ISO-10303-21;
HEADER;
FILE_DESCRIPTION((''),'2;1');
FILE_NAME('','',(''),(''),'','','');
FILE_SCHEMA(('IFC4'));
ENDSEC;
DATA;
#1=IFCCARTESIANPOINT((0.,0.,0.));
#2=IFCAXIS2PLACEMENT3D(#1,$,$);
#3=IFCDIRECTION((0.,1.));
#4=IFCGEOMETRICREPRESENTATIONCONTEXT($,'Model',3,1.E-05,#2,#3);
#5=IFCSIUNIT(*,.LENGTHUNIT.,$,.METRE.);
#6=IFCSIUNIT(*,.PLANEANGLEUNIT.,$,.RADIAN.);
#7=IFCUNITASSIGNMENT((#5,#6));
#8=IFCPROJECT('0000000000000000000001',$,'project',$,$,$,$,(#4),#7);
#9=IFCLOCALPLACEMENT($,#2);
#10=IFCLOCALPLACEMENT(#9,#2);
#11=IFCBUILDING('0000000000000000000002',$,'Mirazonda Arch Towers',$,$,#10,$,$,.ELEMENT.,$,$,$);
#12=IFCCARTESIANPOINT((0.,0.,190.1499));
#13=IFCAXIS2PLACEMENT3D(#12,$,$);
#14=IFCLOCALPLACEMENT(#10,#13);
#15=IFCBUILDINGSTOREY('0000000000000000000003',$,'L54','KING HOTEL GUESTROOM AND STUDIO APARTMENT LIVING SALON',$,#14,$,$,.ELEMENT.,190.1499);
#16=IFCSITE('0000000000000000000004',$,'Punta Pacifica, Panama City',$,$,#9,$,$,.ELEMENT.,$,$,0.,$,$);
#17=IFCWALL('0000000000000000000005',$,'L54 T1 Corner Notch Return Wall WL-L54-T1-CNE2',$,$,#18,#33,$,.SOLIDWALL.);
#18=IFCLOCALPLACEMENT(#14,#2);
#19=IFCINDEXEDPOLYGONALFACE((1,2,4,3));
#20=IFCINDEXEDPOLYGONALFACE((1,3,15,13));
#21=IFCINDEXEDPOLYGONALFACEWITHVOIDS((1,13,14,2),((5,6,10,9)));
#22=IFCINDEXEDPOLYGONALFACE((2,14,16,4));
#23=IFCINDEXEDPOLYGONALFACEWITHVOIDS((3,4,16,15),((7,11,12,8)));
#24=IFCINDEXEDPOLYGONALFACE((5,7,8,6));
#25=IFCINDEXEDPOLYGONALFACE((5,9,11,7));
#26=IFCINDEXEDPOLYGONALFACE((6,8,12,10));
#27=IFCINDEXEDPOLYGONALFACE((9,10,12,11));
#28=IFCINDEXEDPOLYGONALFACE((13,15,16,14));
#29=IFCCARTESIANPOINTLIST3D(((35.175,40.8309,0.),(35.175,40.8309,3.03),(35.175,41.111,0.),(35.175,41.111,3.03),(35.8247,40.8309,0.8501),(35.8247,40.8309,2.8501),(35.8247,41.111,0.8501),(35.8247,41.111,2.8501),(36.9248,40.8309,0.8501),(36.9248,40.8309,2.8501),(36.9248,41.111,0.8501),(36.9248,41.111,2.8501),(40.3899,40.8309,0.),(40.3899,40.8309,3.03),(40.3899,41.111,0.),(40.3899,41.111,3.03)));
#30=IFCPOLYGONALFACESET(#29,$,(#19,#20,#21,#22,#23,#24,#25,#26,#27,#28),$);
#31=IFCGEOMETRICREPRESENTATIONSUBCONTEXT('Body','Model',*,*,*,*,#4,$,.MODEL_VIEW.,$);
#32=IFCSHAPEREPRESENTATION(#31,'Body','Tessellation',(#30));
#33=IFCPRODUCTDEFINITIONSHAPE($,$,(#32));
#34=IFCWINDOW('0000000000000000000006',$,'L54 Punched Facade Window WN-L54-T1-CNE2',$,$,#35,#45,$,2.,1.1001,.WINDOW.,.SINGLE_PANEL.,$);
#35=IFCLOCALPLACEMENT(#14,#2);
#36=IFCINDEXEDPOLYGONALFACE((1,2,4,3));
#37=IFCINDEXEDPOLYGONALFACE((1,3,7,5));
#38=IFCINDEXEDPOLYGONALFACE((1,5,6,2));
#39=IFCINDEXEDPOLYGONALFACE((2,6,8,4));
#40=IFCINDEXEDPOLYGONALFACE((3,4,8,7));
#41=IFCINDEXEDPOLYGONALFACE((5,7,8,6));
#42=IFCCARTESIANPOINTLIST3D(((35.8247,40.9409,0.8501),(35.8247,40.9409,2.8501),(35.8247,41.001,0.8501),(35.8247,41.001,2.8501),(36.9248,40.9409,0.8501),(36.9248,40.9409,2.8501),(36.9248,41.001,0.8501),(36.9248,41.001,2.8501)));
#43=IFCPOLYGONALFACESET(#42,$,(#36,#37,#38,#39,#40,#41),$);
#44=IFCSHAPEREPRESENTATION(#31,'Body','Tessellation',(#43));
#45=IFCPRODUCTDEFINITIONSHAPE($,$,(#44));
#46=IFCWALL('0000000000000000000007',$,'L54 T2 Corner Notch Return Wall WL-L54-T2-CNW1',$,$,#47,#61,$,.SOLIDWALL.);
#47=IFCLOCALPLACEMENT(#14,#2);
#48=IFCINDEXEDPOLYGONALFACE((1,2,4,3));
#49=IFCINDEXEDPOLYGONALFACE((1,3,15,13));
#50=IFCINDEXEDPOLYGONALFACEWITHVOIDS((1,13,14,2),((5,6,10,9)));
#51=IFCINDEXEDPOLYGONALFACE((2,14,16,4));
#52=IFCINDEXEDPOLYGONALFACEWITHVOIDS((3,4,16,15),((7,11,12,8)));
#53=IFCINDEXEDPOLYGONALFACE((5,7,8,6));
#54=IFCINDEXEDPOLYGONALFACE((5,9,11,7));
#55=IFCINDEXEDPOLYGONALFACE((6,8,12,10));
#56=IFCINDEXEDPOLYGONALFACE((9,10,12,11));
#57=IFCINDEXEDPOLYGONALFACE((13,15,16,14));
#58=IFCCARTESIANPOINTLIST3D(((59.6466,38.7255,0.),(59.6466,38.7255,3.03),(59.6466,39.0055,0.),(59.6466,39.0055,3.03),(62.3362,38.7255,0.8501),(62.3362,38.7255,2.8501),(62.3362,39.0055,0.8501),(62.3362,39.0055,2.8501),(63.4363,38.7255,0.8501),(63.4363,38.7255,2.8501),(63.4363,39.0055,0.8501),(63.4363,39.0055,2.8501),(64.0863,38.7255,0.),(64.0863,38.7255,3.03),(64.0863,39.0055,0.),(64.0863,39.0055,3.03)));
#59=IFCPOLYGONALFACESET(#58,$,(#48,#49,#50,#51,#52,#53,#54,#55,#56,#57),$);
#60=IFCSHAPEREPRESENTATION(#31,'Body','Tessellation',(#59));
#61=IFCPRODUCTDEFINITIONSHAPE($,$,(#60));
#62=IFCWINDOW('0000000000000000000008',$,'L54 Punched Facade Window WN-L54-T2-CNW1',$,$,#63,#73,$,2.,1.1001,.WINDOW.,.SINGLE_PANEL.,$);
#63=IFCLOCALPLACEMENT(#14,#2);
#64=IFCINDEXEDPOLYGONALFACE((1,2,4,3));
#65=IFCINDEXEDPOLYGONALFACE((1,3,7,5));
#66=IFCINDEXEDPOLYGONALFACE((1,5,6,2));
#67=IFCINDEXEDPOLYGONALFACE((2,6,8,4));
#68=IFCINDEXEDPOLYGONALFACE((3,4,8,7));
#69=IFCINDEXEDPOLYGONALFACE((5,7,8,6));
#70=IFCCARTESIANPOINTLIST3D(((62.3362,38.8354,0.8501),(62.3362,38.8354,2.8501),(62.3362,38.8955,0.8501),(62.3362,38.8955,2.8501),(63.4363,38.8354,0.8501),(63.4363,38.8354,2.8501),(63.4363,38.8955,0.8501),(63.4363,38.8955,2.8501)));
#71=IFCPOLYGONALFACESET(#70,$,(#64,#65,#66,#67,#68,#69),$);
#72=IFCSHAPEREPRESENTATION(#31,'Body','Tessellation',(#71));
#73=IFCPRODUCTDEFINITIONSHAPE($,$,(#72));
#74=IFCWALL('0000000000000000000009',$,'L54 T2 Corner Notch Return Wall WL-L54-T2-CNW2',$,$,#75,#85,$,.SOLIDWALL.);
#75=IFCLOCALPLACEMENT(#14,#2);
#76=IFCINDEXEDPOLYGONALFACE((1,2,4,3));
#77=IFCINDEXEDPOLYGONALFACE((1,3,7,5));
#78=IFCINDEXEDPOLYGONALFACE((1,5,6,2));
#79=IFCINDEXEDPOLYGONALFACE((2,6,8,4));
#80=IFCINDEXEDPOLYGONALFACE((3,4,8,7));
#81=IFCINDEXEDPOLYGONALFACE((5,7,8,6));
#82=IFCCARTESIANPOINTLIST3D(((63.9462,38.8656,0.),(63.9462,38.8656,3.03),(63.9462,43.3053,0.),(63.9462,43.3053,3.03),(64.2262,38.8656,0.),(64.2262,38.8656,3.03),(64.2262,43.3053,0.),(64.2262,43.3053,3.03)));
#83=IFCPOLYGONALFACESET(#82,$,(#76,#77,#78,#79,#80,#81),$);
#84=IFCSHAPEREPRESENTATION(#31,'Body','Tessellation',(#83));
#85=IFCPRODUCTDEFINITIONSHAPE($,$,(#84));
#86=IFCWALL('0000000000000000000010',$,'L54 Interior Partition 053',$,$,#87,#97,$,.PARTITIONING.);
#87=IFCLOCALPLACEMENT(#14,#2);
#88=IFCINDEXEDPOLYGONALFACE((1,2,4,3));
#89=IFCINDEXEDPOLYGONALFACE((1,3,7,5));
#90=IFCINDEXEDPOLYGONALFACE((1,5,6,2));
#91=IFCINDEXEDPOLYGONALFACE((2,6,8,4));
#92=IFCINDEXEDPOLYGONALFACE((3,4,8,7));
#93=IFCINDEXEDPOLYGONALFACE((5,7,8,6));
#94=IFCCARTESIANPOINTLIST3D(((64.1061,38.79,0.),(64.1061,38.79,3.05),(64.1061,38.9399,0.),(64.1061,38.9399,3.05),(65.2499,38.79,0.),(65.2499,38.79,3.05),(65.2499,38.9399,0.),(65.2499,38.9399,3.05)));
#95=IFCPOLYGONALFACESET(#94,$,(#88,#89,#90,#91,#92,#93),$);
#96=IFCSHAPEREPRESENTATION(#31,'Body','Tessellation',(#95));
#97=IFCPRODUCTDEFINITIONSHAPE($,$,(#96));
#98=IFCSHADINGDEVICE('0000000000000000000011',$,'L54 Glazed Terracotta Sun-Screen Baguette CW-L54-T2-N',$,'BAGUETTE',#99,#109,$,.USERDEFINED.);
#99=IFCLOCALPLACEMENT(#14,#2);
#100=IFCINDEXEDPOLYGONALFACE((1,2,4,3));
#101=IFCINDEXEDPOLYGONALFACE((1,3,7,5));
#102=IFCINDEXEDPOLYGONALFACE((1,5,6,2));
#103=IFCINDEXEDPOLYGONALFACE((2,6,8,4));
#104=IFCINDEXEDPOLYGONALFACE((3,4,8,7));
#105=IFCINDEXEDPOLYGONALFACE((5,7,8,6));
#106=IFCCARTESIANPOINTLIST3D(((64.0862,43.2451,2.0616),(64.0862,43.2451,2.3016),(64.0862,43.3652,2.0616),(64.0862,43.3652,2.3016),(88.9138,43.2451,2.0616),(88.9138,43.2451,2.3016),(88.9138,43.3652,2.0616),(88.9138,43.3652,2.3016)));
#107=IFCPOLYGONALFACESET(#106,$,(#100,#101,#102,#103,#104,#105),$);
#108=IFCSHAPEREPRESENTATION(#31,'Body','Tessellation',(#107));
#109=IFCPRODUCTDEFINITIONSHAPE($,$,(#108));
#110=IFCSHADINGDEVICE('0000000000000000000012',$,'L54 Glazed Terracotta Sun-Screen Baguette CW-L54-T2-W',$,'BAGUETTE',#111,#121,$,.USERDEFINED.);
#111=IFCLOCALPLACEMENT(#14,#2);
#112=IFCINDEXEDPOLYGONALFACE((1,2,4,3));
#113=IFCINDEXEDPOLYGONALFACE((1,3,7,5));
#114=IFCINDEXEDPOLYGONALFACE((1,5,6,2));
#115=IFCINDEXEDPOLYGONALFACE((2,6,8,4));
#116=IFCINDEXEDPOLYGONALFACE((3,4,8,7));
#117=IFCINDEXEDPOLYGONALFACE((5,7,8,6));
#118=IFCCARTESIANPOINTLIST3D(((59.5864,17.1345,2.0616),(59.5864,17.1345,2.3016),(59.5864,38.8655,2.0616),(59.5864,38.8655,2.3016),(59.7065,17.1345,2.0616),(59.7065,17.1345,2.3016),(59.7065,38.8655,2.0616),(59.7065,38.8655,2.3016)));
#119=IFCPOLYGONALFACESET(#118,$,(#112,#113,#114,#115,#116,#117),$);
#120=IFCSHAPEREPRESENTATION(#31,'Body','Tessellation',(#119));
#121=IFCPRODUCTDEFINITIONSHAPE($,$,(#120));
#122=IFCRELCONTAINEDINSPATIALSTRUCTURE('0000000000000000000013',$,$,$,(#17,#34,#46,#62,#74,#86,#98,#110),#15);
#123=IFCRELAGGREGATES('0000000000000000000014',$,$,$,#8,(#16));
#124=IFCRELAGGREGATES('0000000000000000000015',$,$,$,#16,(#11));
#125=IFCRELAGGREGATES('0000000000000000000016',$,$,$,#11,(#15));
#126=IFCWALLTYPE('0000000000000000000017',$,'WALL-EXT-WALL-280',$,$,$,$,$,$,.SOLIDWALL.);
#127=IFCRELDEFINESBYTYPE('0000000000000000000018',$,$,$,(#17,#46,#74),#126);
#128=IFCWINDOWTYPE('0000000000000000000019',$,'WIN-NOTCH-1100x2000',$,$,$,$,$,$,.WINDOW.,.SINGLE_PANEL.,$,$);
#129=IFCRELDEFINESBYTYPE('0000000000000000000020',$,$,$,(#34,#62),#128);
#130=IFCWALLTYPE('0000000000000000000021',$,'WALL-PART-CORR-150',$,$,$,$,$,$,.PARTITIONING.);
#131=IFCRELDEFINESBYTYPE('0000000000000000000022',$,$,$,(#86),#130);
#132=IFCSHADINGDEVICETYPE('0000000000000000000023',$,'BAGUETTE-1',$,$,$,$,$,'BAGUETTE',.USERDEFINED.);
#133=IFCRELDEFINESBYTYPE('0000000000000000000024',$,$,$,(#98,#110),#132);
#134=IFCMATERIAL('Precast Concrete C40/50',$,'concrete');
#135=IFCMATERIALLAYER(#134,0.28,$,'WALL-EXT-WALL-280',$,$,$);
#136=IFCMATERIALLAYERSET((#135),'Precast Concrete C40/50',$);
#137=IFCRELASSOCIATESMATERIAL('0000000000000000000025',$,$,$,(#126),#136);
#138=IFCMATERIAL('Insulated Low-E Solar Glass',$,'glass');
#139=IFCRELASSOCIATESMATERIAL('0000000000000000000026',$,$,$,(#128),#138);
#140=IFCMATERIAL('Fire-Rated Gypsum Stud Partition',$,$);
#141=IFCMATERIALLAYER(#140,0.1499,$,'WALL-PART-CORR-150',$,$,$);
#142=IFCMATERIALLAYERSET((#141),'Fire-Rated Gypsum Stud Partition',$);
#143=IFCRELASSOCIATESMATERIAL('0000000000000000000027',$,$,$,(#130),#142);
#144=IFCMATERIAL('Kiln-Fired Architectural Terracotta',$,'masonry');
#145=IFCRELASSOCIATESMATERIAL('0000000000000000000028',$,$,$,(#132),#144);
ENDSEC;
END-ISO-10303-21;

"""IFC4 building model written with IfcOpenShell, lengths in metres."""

from ifc_helpers import new_model, si_unit, direction, frame, frame_2d, origin, origin_2d, place, context, subcontext, project, spatial, rectangle, extrude, material, layer, layer_set, material_profile, profile_set, type_object, element, fill, save


model = new_model("IFC4")

# Units and contexts
model_context = context("Model", 3, precision=1e-05, world=origin(), true_north=direction((0.0, 1.0)))
body_context = subcontext(model_context, "Body", "Model", "MODEL_VIEW")
ifc_project = project(units=[si_unit("LENGTHUNIT", "METRE"), si_unit("PLANEANGLEUNIT", "RADIAN")], contexts=[model_context])

# Site, building, storey
site_placement = place(None, origin())
site = spatial("IfcSite", under=ifc_project, at=site_placement, Name="Punta Pacifica, Panama City", CompositionType="ELEMENT", RefElevation=0.0)
building_placement = place(site_placement, origin())
building = spatial("IfcBuilding", under=site, at=building_placement, Name="Mirazonda Arch Towers", CompositionType="ELEMENT")
storey_placement = place(building_placement, frame((0.0, 0.0, 190.1499)))
storey = spatial("IfcBuildingStorey", under=building, at=storey_placement, Name="L54", Description="KING HOTEL GUESTROOM AND STUDIO APARTMENT LIVING SALON", CompositionType="ELEMENT", Elevation=190.1499)

# Shared definitions
ifc_material_1 = material(Name="Insulated Low-E Solar Glass", Category="glass")

# Walls, openings, windows
ifc_material_2 = material(Name="Precast Concrete C40/50", Category="concrete")
ifc_layer_1 = layer(ifc_material_2, 0.28, Name="WALL-EXT-WALL-280")
ifc_layer_set_1 = layer_set([ifc_layer_1], Name="Precast Concrete C40/50")
wall_type_1 = type_object("IfcWallType", Name="WALL-EXT-WALL-280", PredefinedType="SOLIDWALL", material=ifc_layer_set_1)
wall_1_placement = place(storey_placement, frame((40.3899, 40.9709, 0.0), z_axis=(0.0, 0.0, 1.0), x_axis=(-1.0, 0.0, 0.0)))
wall_1 = element("IfcWall", 1, at=wall_1_placement, inside=storey, type_object=wall_type_1, Name="L54 T1 Corner Notch Return Wall WL-L54-T1-CNE2", PredefinedType="SOLIDWALL", context=body_context, shape_type="SweptSolid", body=[
    extrude(rectangle(XDim=5.2148, YDim=0.28, at=frame_2d((2.6074, 0.0))), origin(), (0.0, 0.0, 1.0), 3.03),
])
opening_1_placement = place(wall_1_placement, frame((3.4651, 0.0, 0.8501)))
opening_1 = element("IfcOpeningElement", 2, at=opening_1_placement, cuts=wall_1, PredefinedType="OPENING", context=body_context, shape_type="SweptSolid", body=[
    extrude(rectangle(XDim=1.1001, YDim=2.0, at=frame_2d((0.55, 1.0))), frame((0.0, 0.1499, 0.0), z_axis=(0.0, -1.0, 0.0), x_axis=(1.0, 0.0, 0.0)), (0.0, 0.0, 1.0), 0.3),
])
window_type = type_object("IfcWindowType", Name="WIN-NOTCH-1100x2000", PartitioningType="SINGLE_PANEL", PredefinedType="WINDOW", material=ifc_material_1)
window_1_placement = place(opening_1_placement, origin())
window_1 = element("IfcWindow", 3, at=window_1_placement, inside=storey, type_object=window_type, Name="L54 Punched Facade Window WN-L54-T1-CNE2", OverallHeight=2.0, OverallWidth=1.1001, PartitioningType="SINGLE_PANEL", PredefinedType="WINDOW", context=body_context, shape_type="SweptSolid", body=[
    extrude(rectangle(XDim=1.1001, YDim=2.0, at=frame_2d((0.55, 1.0))), frame((0.0, 0.03, 0.0), z_axis=(0.0, -1.0, 0.0), x_axis=(1.0, 0.0, 0.0)), (0.0, 0.0, 1.0), 0.0601),
])
fill(opening_1, window_1)
wall_2_placement = place(storey_placement, frame((64.0862, 38.8655, 0.0), z_axis=(0.0, 0.0, 1.0), x_axis=(-1.0, 0.0, 0.0)))
wall_2 = element("IfcWall", 4, at=wall_2_placement, inside=storey, type_object=wall_type_1, Name="L54 T2 Corner Notch Return Wall WL-L54-T2-CNW1", PredefinedType="SOLIDWALL", context=body_context, shape_type="SweptSolid", body=[
    extrude(rectangle(XDim=4.4397, YDim=0.28, at=frame_2d((2.2197, 0.0))), origin(), (0.0, 0.0, 1.0), 3.03),
])
opening_2_placement = place(wall_2_placement, frame((0.6499, 0.0, 0.8501)))
opening_2 = element("IfcOpeningElement", 5, at=opening_2_placement, cuts=wall_2, PredefinedType="OPENING", context=body_context, shape_type="SweptSolid", body=[
    extrude(rectangle(XDim=1.1001, YDim=2.0, at=frame_2d((0.55, 1.0))), frame((0.0, 0.1499, 0.0), z_axis=(0.0, -1.0, 0.0), x_axis=(1.0, 0.0, 0.0)), (0.0, 0.0, 1.0), 0.3),
])
window_2_placement = place(opening_2_placement, origin())
window_2 = element("IfcWindow", 6, at=window_2_placement, inside=storey, type_object=window_type, Name="L54 Punched Facade Window WN-L54-T2-CNW1", OverallHeight=2.0, OverallWidth=1.1001, PartitioningType="SINGLE_PANEL", PredefinedType="WINDOW", context=body_context, shape_type="SweptSolid", body=[
    extrude(rectangle(XDim=1.1001, YDim=2.0, at=frame_2d((0.55, 1.0))), frame((0.0, 0.03, 0.0), z_axis=(0.0, -1.0, 0.0), x_axis=(1.0, 0.0, 0.0)), (0.0, 0.0, 1.0), 0.0601),
])
fill(opening_2, window_2)

# Wall
wall_3_placement = place(storey_placement, frame((64.0862, 43.3052, 0.0), z_axis=(0.0, 0.0, 1.0), x_axis=(0.0, -1.0, 0.0)))
element("IfcWall", 7, at=wall_3_placement, inside=storey, type_object=wall_type_1, Name="L54 T2 Corner Notch Return Wall WL-L54-T2-CNW2", PredefinedType="SOLIDWALL", context=body_context, shape_type="SweptSolid", body=[
    extrude(rectangle(XDim=4.4397, YDim=0.28, at=frame_2d((2.2197, 0.0))), origin(), (0.0, 0.0, 1.0), 3.03),
])

# Shared definitions
ifc_material_3 = material(Name="Fire-Rated Gypsum Stud Partition")
ifc_layer_2 = layer(ifc_material_3, 0.1499, Name="WALL-PART-CORR-150")
ifc_layer_set_2 = layer_set([ifc_layer_2], Name="Fire-Rated Gypsum Stud Partition")
wall_type_2 = type_object("IfcWallType", Name="WALL-PART-CORR-150", PredefinedType="PARTITIONING", material=ifc_layer_set_2)

# Wall
wall_4_placement = place(storey_placement, frame((64.1062, 38.865, 0.0), z_axis=(0.0, 0.0, 1.0), x_axis=(1.0, 0.0, 0.0)))
element("IfcWall", 8, at=wall_4_placement, inside=storey, type_object=wall_type_2, Name="L54 Interior Partition 053", PredefinedType="PARTITIONING", context=body_context, shape_type="SweptSolid", body=[
    extrude(rectangle(XDim=1.1438, YDim=0.1499, at=frame_2d((0.5718, 0.0))), origin(), (0.0, 0.0, 1.0), 3.05),
])

# Shading devices
ifc_material_4 = material(Name="Kiln-Fired Architectural Terracotta", Category="masonry")
ifc_material_profile_1 = material_profile(ifc_material_4, rectangle(XDim=0.1201, YDim=0.24, at=origin_2d()), Name="TERRA-BAG-120x240")
ifc_profile_set_1 = profile_set([ifc_material_profile_1], Name="Kiln-Fired Architectural Terracotta")
shading_device_type = type_object("IfcShadingDeviceType", Name="BAGUETTE-1", ElementType="BAGUETTE", PredefinedType="USERDEFINED", material=ifc_profile_set_1)
shading_device_1_placement = place(storey_placement, frame((64.0862, 43.3052, 2.1816), z_axis=(1.0, 0.0, 0.0), x_axis=(0.0, 1.0, 0.0)))
element("IfcShadingDevice", 9, at=shading_device_1_placement, inside=storey, type_object=shading_device_type, Name="L54 Glazed Terracotta Sun-Screen Baguette CW-L54-T2-N", ObjectType="BAGUETTE", PredefinedType="USERDEFINED", context=body_context, shape_type="SweptSolid", body=[
    extrude(rectangle(XDim=0.1201, YDim=0.24, at=origin_2d()), origin(), (0.0, 0.0, 1.0), 24.8276),
])
shading_device_2_placement = place(storey_placement, frame((59.6465, 38.8655, 2.1816), z_axis=(0.0, -1.0, 0.0), x_axis=(1.0, 0.0, 0.0)))
element("IfcShadingDevice", 10, at=shading_device_2_placement, inside=storey, type_object=shading_device_type, Name="L54 Glazed Terracotta Sun-Screen Baguette CW-L54-T2-W", ObjectType="BAGUETTE", PredefinedType="USERDEFINED", context=body_context, shape_type="SweptSolid", body=[
    extrude(rectangle(XDim=0.1201, YDim=0.24, at=origin_2d()), origin(), (0.0, 0.0, 1.0), 21.731),
])

save(model, "model.ifc")
